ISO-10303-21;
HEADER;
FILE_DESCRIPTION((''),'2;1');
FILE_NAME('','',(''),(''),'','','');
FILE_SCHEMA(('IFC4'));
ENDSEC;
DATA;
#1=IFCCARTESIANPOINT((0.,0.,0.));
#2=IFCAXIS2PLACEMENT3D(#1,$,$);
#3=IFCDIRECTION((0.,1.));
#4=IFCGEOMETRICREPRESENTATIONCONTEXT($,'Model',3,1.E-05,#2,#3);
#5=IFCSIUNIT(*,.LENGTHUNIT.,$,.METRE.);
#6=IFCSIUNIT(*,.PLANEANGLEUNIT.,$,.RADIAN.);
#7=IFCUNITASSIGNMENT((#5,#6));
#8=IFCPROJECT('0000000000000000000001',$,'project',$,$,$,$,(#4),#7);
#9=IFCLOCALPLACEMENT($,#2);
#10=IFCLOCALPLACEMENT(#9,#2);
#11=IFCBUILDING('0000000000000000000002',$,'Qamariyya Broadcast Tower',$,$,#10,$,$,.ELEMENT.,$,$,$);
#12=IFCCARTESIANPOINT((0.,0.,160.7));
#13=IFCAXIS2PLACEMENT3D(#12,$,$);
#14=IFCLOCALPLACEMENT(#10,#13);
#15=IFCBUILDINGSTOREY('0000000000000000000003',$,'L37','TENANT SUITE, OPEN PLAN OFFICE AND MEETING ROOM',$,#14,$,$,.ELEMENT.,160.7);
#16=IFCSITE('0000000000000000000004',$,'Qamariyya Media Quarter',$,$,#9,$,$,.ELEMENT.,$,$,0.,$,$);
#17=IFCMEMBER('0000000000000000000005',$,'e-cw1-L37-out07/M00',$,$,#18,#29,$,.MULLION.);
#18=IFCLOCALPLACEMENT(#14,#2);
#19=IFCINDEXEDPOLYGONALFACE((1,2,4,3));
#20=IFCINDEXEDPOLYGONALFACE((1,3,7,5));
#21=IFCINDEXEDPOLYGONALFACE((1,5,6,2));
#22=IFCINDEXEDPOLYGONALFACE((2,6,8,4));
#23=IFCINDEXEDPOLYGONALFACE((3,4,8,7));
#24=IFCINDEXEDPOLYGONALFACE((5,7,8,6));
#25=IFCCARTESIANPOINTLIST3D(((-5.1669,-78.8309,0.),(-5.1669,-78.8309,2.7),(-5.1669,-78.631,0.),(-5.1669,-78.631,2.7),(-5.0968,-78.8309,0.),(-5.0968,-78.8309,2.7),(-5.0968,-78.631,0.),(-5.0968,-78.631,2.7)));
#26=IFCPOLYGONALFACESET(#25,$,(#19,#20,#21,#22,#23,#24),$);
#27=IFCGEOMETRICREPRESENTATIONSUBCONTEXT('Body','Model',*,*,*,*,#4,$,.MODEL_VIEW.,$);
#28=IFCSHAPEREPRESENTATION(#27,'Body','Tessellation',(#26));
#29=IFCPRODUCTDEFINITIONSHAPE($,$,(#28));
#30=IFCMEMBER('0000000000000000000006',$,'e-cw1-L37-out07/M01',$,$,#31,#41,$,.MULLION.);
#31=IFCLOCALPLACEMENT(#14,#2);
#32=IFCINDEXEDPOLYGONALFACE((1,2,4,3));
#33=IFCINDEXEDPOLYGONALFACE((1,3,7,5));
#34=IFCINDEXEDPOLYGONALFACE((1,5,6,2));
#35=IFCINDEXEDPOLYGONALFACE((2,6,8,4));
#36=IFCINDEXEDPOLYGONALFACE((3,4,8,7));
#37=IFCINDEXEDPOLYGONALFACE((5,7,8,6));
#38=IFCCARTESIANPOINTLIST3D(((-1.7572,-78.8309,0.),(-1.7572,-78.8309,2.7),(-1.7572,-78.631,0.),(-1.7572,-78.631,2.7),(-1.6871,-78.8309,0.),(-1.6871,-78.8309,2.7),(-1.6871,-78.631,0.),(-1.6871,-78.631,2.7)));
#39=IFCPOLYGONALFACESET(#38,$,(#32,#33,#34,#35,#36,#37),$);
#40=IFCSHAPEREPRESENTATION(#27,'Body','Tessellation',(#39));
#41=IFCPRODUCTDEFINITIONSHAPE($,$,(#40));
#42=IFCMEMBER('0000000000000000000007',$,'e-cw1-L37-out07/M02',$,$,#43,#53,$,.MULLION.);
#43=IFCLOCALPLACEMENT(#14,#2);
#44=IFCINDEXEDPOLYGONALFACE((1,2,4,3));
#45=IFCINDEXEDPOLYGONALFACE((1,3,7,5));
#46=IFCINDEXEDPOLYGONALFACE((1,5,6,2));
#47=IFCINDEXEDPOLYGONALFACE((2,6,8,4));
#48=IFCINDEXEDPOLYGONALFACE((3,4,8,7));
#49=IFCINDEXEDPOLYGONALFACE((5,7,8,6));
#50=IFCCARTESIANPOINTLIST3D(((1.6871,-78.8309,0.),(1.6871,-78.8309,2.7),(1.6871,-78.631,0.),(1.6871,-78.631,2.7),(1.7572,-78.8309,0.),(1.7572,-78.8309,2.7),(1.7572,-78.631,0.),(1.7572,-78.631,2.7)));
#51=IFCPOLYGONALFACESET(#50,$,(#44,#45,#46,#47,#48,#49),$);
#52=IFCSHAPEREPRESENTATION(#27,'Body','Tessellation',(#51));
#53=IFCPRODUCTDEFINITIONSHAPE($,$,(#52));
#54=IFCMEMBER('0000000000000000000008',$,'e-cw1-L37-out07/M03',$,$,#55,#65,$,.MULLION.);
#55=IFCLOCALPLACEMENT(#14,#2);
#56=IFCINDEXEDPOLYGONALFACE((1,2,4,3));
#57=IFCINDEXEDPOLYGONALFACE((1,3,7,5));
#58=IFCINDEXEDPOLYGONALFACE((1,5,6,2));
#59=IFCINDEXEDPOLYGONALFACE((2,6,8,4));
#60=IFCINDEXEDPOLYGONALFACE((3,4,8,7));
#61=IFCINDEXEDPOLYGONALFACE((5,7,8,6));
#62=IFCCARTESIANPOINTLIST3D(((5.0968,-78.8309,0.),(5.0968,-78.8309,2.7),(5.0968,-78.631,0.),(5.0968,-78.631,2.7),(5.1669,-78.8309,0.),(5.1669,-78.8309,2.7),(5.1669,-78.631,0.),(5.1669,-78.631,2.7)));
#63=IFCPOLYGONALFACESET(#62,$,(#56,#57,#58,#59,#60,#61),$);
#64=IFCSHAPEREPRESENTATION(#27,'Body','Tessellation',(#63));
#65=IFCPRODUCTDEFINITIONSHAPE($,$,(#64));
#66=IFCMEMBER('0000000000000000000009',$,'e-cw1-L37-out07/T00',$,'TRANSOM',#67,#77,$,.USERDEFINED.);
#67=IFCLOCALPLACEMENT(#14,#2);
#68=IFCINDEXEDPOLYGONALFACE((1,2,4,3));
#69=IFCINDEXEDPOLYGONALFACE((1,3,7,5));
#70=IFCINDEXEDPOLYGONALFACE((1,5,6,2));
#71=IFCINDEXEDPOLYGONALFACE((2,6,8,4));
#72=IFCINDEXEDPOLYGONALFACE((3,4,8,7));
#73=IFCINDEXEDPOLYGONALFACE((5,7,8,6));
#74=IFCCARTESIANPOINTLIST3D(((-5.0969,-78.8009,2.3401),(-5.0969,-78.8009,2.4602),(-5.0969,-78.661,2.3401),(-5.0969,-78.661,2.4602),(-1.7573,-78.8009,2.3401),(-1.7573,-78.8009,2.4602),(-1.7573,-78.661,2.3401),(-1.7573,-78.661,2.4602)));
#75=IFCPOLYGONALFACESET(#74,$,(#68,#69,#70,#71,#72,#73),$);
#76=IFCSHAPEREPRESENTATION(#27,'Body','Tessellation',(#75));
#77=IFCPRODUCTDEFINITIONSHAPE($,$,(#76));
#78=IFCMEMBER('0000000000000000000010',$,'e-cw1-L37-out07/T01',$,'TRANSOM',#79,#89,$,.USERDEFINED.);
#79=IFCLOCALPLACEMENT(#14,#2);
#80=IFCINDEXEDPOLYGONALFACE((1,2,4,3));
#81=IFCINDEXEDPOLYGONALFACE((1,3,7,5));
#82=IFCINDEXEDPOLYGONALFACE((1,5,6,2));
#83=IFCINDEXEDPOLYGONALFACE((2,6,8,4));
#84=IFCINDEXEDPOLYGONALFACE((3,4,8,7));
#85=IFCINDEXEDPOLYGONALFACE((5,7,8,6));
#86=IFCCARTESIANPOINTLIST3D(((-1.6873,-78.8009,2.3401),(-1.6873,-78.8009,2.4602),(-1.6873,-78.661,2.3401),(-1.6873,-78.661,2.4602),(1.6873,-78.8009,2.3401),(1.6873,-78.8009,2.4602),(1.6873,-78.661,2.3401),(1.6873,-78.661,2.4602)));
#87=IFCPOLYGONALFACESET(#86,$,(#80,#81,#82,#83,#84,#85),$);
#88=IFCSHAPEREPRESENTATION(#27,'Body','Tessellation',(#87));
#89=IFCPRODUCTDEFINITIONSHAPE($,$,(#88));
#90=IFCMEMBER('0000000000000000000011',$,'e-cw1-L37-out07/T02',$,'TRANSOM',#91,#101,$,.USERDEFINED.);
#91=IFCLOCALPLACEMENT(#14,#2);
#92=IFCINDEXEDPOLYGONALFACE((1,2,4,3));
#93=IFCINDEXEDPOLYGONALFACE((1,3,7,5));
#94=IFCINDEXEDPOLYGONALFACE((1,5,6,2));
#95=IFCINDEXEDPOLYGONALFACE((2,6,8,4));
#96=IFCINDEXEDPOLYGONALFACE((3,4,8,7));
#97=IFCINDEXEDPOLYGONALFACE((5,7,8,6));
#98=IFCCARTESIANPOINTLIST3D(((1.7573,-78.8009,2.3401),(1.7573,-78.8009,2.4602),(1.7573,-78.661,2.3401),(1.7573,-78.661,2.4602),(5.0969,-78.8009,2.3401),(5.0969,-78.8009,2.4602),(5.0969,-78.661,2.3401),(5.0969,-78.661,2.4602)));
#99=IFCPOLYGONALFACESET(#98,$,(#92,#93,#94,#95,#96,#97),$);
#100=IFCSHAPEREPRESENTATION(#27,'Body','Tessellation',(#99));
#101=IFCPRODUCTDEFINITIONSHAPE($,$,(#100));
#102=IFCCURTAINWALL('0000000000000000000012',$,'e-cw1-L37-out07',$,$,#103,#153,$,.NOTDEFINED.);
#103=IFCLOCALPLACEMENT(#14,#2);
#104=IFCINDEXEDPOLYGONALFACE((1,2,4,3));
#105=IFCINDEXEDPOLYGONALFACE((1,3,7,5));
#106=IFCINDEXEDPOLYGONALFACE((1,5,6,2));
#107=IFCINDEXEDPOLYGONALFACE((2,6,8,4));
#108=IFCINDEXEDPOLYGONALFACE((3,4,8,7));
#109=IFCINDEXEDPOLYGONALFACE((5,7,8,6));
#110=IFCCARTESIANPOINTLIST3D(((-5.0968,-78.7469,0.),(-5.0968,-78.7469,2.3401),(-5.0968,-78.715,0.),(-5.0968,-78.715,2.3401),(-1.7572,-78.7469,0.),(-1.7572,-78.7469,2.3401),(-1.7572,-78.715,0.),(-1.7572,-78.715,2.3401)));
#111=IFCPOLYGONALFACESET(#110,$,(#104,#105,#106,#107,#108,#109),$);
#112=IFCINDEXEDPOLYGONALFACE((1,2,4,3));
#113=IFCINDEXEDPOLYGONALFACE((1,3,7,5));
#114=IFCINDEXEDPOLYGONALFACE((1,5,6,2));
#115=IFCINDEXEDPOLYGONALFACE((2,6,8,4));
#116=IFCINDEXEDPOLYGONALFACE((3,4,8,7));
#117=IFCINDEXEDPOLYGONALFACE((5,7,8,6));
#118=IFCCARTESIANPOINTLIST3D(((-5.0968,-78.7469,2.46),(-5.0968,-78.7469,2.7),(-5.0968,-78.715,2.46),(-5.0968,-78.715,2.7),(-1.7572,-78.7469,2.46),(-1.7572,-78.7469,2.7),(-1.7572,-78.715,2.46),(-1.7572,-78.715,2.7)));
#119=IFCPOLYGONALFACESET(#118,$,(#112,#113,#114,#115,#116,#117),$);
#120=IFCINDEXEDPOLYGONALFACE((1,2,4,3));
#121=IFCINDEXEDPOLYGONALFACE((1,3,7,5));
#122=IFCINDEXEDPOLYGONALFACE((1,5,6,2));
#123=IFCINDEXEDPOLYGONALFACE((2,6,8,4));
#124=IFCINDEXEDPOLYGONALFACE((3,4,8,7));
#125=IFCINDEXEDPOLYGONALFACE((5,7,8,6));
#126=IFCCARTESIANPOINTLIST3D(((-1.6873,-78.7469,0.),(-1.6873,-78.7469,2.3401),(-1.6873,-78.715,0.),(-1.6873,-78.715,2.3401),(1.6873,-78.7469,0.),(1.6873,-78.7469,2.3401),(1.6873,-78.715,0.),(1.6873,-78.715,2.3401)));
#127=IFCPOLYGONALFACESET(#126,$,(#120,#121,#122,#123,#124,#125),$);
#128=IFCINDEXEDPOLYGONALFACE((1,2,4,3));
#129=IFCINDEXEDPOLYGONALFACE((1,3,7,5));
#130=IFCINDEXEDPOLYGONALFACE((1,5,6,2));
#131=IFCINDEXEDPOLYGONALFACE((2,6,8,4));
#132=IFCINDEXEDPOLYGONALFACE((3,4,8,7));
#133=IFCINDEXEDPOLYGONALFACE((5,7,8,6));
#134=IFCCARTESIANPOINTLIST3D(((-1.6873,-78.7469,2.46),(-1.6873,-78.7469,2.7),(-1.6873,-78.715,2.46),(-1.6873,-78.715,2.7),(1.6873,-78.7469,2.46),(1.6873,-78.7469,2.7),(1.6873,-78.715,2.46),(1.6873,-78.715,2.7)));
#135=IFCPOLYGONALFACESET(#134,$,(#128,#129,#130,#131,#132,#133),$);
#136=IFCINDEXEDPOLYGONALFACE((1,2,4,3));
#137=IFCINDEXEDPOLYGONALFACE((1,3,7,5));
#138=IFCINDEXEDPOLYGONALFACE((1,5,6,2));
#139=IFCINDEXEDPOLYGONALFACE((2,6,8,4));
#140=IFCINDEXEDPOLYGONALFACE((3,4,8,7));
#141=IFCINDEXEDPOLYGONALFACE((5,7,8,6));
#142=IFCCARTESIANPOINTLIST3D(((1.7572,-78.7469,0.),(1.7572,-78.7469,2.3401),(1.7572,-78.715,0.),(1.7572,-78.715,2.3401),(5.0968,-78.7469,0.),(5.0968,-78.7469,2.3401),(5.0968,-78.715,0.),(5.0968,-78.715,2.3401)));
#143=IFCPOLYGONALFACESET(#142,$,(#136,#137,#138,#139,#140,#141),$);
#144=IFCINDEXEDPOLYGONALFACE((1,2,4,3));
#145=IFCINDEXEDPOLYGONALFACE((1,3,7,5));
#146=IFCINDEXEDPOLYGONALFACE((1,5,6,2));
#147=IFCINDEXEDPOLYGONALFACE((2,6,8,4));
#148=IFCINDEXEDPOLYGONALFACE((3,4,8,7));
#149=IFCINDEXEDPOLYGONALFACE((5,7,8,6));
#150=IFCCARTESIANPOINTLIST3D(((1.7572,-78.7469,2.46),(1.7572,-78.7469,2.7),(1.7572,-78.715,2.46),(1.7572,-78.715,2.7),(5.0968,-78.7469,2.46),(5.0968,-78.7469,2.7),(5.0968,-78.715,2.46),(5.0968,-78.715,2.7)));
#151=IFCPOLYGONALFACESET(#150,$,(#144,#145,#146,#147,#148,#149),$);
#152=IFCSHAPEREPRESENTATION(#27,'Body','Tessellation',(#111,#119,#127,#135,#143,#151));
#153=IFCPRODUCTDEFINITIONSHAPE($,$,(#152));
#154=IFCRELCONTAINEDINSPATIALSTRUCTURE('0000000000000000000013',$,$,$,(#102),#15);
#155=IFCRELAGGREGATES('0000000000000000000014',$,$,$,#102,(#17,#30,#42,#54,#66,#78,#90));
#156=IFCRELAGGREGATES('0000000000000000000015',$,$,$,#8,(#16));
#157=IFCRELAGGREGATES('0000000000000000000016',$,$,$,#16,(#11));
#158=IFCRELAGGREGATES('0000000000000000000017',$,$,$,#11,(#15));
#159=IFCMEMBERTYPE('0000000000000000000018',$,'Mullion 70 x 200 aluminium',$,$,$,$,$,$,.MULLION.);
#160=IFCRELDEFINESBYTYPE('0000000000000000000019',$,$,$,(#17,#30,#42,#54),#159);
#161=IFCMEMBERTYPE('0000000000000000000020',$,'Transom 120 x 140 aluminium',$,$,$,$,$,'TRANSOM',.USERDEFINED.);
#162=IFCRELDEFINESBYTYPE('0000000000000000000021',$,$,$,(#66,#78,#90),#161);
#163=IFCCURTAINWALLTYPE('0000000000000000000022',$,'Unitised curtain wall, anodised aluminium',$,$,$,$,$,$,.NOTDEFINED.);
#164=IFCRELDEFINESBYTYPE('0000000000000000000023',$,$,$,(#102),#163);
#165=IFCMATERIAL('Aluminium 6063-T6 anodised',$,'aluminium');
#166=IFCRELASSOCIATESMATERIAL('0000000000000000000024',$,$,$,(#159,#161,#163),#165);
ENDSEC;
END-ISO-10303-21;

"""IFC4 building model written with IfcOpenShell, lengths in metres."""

from ifc_helpers import new_model, si_unit, direction, frame, origin, origin_2d, place, context, subcontext, project, spatial, rectangle, extrude, material, material_profile, profile_set, type_object, element, aggregate, save


model = new_model("IFC4")

# Units and contexts
model_context = context("Model", 3, precision=1e-05, world=origin(), true_north=direction((0.0, 1.0)))
body_context = subcontext(model_context, "Body", "Model", "MODEL_VIEW")
ifc_project = project(units=[si_unit("LENGTHUNIT", "METRE"), si_unit("PLANEANGLEUNIT", "RADIAN")], contexts=[model_context])

# Members
ifc_material = material(Name="Aluminium 6063-T6 anodised", Category="aluminium")
ifc_material_profile_1 = material_profile(ifc_material, rectangle(XDim=0.2, YDim=0.0701, at=origin_2d()))
ifc_profile_set_1 = profile_set([ifc_material_profile_1], Name="Aluminium 6063-T6 anodised")
member_type_1 = type_object("IfcMemberType", Name="Mullion 70 x 200 aluminium", PredefinedType="MULLION", material=ifc_profile_set_1)
site_placement = place(None, origin())
building_placement = place(site_placement, origin())
storey_placement = place(building_placement, frame((0.0, 0.0, 160.7)))
member_1_placement = place(storey_placement, frame((-5.1318, -78.731, 0.0), z_axis=(0.0, 0.0, 1.0), x_axis=(0.0, 1.0, 0.0)))
member_1 = element("IfcMember", 1, at=member_1_placement, type_object=member_type_1, Name="e-cw1-L37-out07/M00", PredefinedType="MULLION", context=body_context, shape_type="SweptSolid", body=[
    extrude(rectangle(XDim=0.2, YDim=0.0701, at=origin_2d()), origin(), (0.0, 0.0, 1.0), 2.7),
])
member_2_placement = place(storey_placement, frame((-1.7222, -78.731, 0.0), z_axis=(0.0, 0.0, 1.0), x_axis=(0.0, 1.0, 0.0)))
member_2 = element("IfcMember", 2, at=member_2_placement, type_object=member_type_1, Name="e-cw1-L37-out07/M01", PredefinedType="MULLION", context=body_context, shape_type="SweptSolid", body=[
    extrude(rectangle(XDim=0.2, YDim=0.0701, at=origin_2d()), origin(), (0.0, 0.0, 1.0), 2.7),
])
member_3_placement = place(storey_placement, frame((1.7222, -78.731, 0.0), z_axis=(0.0, 0.0, 1.0), x_axis=(0.0, 1.0, 0.0)))
member_3 = element("IfcMember", 3, at=member_3_placement, type_object=member_type_1, Name="e-cw1-L37-out07/M02", PredefinedType="MULLION", context=body_context, shape_type="SweptSolid", body=[
    extrude(rectangle(XDim=0.2, YDim=0.0701, at=origin_2d()), origin(), (0.0, 0.0, 1.0), 2.7),
])
member_4_placement = place(storey_placement, frame((5.1318, -78.731, 0.0), z_axis=(0.0, 0.0, 1.0), x_axis=(0.0, 1.0, 0.0)))
member_4 = element("IfcMember", 4, at=member_4_placement, type_object=member_type_1, Name="e-cw1-L37-out07/M03", PredefinedType="MULLION", context=body_context, shape_type="SweptSolid", body=[
    extrude(rectangle(XDim=0.2, YDim=0.0701, at=origin_2d()), origin(), (0.0, 0.0, 1.0), 2.7),
])
ifc_material_profile_2 = material_profile(ifc_material, rectangle(XDim=0.1399, YDim=0.1201, at=origin_2d()))
ifc_profile_set_2 = profile_set([ifc_material_profile_2], Name="Aluminium 6063-T6 anodised")
member_type_2 = type_object("IfcMemberType", Name="Transom 120 x 140 aluminium", ElementType="TRANSOM", PredefinedType="USERDEFINED", material=ifc_profile_set_2)
member_5_placement = place(storey_placement, frame((-5.0969, -78.731, 2.4001), z_axis=(1.0, 0.0, 0.0), x_axis=(0.0, 1.0, 0.0)))
member_5 = element("IfcMember", 5, at=member_5_placement, type_object=member_type_2, Name="e-cw1-L37-out07/T00", ObjectType="TRANSOM", PredefinedType="USERDEFINED", context=body_context, shape_type="SweptSolid", body=[
    extrude(rectangle(XDim=0.1399, YDim=0.1201, at=origin_2d()), origin(), (0.0, 0.0, 1.0), 3.3396),
])
member_6_placement = place(storey_placement, frame((-1.6873, -78.731, 2.4001), z_axis=(1.0, 0.0, 0.0), x_axis=(0.0, 1.0, 0.0)))
member_6 = element("IfcMember", 6, at=member_6_placement, type_object=member_type_2, Name="e-cw1-L37-out07/T01", ObjectType="TRANSOM", PredefinedType="USERDEFINED", context=body_context, shape_type="SweptSolid", body=[
    extrude(rectangle(XDim=0.1399, YDim=0.1201, at=origin_2d()), origin(), (0.0, 0.0, 1.0), 3.3745),
])
member_7_placement = place(storey_placement, frame((1.7573, -78.731, 2.4001), z_axis=(1.0, 0.0, 0.0), x_axis=(0.0, 1.0, 0.0)))
member_7 = element("IfcMember", 7, at=member_7_placement, type_object=member_type_2, Name="e-cw1-L37-out07/T02", ObjectType="TRANSOM", PredefinedType="USERDEFINED", context=body_context, shape_type="SweptSolid", body=[
    extrude(rectangle(XDim=0.1399, YDim=0.1201, at=origin_2d()), origin(), (0.0, 0.0, 1.0), 3.3396),
])

# Site, building, storey
site = spatial("IfcSite", under=ifc_project, at=site_placement, Name="Qamariyya Media Quarter", CompositionType="ELEMENT", RefElevation=0.0)
building = spatial("IfcBuilding", under=site, at=building_placement, Name="Qamariyya Broadcast Tower", CompositionType="ELEMENT")
storey = spatial("IfcBuildingStorey", under=building, at=storey_placement, Name="L37", Description="TENANT SUITE, OPEN PLAN OFFICE AND MEETING ROOM", CompositionType="ELEMENT", Elevation=160.7)

# Curtain wall
curtain_wall_type = type_object("IfcCurtainWallType", Name="Unitised curtain wall, anodised aluminium", PredefinedType="NOTDEFINED", material=ifc_material)
curtain_wall_1_placement = place(storey_placement, origin())
curtain_wall_1 = element("IfcCurtainWall", 8, at=curtain_wall_1_placement, inside=storey, type_object=curtain_wall_type, Name="e-cw1-L37-out07", PredefinedType="NOTDEFINED", context=body_context, shape_type="SweptSolid", body=[
    extrude(rectangle(XDim=3.3396, YDim=0.032, at=origin_2d()), frame((-3.427, -78.731, 0.0), x_axis=(1.0, 0.0, 0.0)), (0.0, 0.0, 1.0), 2.3401),
    extrude(rectangle(XDim=3.3396, YDim=0.032, at=origin_2d()), frame((-3.427, -78.731, 2.46), x_axis=(1.0, 0.0, 0.0)), (0.0, 0.0, 1.0), 0.24),
    extrude(rectangle(XDim=3.3745, YDim=0.032, at=origin_2d()), frame((0.0, -78.731, 0.0), x_axis=(1.0, 0.0, 0.0)), (0.0, 0.0, 1.0), 2.3401),
    extrude(rectangle(XDim=3.3745, YDim=0.032, at=origin_2d()), frame((0.0, -78.731, 2.46), x_axis=(1.0, 0.0, 0.0)), (0.0, 0.0, 1.0), 0.24),
    extrude(rectangle(XDim=3.3396, YDim=0.032, at=origin_2d()), frame((3.427, -78.731, 0.0), x_axis=(1.0, 0.0, 0.0)), (0.0, 0.0, 1.0), 2.3401),
    extrude(rectangle(XDim=3.3396, YDim=0.032, at=origin_2d()), frame((3.427, -78.731, 2.46), x_axis=(1.0, 0.0, 0.0)), (0.0, 0.0, 1.0), 0.24),
])
aggregate(curtain_wall_1, [member_1, member_2, member_3, member_4, member_5, member_6, member_7])

save(model, "model.ifc")
